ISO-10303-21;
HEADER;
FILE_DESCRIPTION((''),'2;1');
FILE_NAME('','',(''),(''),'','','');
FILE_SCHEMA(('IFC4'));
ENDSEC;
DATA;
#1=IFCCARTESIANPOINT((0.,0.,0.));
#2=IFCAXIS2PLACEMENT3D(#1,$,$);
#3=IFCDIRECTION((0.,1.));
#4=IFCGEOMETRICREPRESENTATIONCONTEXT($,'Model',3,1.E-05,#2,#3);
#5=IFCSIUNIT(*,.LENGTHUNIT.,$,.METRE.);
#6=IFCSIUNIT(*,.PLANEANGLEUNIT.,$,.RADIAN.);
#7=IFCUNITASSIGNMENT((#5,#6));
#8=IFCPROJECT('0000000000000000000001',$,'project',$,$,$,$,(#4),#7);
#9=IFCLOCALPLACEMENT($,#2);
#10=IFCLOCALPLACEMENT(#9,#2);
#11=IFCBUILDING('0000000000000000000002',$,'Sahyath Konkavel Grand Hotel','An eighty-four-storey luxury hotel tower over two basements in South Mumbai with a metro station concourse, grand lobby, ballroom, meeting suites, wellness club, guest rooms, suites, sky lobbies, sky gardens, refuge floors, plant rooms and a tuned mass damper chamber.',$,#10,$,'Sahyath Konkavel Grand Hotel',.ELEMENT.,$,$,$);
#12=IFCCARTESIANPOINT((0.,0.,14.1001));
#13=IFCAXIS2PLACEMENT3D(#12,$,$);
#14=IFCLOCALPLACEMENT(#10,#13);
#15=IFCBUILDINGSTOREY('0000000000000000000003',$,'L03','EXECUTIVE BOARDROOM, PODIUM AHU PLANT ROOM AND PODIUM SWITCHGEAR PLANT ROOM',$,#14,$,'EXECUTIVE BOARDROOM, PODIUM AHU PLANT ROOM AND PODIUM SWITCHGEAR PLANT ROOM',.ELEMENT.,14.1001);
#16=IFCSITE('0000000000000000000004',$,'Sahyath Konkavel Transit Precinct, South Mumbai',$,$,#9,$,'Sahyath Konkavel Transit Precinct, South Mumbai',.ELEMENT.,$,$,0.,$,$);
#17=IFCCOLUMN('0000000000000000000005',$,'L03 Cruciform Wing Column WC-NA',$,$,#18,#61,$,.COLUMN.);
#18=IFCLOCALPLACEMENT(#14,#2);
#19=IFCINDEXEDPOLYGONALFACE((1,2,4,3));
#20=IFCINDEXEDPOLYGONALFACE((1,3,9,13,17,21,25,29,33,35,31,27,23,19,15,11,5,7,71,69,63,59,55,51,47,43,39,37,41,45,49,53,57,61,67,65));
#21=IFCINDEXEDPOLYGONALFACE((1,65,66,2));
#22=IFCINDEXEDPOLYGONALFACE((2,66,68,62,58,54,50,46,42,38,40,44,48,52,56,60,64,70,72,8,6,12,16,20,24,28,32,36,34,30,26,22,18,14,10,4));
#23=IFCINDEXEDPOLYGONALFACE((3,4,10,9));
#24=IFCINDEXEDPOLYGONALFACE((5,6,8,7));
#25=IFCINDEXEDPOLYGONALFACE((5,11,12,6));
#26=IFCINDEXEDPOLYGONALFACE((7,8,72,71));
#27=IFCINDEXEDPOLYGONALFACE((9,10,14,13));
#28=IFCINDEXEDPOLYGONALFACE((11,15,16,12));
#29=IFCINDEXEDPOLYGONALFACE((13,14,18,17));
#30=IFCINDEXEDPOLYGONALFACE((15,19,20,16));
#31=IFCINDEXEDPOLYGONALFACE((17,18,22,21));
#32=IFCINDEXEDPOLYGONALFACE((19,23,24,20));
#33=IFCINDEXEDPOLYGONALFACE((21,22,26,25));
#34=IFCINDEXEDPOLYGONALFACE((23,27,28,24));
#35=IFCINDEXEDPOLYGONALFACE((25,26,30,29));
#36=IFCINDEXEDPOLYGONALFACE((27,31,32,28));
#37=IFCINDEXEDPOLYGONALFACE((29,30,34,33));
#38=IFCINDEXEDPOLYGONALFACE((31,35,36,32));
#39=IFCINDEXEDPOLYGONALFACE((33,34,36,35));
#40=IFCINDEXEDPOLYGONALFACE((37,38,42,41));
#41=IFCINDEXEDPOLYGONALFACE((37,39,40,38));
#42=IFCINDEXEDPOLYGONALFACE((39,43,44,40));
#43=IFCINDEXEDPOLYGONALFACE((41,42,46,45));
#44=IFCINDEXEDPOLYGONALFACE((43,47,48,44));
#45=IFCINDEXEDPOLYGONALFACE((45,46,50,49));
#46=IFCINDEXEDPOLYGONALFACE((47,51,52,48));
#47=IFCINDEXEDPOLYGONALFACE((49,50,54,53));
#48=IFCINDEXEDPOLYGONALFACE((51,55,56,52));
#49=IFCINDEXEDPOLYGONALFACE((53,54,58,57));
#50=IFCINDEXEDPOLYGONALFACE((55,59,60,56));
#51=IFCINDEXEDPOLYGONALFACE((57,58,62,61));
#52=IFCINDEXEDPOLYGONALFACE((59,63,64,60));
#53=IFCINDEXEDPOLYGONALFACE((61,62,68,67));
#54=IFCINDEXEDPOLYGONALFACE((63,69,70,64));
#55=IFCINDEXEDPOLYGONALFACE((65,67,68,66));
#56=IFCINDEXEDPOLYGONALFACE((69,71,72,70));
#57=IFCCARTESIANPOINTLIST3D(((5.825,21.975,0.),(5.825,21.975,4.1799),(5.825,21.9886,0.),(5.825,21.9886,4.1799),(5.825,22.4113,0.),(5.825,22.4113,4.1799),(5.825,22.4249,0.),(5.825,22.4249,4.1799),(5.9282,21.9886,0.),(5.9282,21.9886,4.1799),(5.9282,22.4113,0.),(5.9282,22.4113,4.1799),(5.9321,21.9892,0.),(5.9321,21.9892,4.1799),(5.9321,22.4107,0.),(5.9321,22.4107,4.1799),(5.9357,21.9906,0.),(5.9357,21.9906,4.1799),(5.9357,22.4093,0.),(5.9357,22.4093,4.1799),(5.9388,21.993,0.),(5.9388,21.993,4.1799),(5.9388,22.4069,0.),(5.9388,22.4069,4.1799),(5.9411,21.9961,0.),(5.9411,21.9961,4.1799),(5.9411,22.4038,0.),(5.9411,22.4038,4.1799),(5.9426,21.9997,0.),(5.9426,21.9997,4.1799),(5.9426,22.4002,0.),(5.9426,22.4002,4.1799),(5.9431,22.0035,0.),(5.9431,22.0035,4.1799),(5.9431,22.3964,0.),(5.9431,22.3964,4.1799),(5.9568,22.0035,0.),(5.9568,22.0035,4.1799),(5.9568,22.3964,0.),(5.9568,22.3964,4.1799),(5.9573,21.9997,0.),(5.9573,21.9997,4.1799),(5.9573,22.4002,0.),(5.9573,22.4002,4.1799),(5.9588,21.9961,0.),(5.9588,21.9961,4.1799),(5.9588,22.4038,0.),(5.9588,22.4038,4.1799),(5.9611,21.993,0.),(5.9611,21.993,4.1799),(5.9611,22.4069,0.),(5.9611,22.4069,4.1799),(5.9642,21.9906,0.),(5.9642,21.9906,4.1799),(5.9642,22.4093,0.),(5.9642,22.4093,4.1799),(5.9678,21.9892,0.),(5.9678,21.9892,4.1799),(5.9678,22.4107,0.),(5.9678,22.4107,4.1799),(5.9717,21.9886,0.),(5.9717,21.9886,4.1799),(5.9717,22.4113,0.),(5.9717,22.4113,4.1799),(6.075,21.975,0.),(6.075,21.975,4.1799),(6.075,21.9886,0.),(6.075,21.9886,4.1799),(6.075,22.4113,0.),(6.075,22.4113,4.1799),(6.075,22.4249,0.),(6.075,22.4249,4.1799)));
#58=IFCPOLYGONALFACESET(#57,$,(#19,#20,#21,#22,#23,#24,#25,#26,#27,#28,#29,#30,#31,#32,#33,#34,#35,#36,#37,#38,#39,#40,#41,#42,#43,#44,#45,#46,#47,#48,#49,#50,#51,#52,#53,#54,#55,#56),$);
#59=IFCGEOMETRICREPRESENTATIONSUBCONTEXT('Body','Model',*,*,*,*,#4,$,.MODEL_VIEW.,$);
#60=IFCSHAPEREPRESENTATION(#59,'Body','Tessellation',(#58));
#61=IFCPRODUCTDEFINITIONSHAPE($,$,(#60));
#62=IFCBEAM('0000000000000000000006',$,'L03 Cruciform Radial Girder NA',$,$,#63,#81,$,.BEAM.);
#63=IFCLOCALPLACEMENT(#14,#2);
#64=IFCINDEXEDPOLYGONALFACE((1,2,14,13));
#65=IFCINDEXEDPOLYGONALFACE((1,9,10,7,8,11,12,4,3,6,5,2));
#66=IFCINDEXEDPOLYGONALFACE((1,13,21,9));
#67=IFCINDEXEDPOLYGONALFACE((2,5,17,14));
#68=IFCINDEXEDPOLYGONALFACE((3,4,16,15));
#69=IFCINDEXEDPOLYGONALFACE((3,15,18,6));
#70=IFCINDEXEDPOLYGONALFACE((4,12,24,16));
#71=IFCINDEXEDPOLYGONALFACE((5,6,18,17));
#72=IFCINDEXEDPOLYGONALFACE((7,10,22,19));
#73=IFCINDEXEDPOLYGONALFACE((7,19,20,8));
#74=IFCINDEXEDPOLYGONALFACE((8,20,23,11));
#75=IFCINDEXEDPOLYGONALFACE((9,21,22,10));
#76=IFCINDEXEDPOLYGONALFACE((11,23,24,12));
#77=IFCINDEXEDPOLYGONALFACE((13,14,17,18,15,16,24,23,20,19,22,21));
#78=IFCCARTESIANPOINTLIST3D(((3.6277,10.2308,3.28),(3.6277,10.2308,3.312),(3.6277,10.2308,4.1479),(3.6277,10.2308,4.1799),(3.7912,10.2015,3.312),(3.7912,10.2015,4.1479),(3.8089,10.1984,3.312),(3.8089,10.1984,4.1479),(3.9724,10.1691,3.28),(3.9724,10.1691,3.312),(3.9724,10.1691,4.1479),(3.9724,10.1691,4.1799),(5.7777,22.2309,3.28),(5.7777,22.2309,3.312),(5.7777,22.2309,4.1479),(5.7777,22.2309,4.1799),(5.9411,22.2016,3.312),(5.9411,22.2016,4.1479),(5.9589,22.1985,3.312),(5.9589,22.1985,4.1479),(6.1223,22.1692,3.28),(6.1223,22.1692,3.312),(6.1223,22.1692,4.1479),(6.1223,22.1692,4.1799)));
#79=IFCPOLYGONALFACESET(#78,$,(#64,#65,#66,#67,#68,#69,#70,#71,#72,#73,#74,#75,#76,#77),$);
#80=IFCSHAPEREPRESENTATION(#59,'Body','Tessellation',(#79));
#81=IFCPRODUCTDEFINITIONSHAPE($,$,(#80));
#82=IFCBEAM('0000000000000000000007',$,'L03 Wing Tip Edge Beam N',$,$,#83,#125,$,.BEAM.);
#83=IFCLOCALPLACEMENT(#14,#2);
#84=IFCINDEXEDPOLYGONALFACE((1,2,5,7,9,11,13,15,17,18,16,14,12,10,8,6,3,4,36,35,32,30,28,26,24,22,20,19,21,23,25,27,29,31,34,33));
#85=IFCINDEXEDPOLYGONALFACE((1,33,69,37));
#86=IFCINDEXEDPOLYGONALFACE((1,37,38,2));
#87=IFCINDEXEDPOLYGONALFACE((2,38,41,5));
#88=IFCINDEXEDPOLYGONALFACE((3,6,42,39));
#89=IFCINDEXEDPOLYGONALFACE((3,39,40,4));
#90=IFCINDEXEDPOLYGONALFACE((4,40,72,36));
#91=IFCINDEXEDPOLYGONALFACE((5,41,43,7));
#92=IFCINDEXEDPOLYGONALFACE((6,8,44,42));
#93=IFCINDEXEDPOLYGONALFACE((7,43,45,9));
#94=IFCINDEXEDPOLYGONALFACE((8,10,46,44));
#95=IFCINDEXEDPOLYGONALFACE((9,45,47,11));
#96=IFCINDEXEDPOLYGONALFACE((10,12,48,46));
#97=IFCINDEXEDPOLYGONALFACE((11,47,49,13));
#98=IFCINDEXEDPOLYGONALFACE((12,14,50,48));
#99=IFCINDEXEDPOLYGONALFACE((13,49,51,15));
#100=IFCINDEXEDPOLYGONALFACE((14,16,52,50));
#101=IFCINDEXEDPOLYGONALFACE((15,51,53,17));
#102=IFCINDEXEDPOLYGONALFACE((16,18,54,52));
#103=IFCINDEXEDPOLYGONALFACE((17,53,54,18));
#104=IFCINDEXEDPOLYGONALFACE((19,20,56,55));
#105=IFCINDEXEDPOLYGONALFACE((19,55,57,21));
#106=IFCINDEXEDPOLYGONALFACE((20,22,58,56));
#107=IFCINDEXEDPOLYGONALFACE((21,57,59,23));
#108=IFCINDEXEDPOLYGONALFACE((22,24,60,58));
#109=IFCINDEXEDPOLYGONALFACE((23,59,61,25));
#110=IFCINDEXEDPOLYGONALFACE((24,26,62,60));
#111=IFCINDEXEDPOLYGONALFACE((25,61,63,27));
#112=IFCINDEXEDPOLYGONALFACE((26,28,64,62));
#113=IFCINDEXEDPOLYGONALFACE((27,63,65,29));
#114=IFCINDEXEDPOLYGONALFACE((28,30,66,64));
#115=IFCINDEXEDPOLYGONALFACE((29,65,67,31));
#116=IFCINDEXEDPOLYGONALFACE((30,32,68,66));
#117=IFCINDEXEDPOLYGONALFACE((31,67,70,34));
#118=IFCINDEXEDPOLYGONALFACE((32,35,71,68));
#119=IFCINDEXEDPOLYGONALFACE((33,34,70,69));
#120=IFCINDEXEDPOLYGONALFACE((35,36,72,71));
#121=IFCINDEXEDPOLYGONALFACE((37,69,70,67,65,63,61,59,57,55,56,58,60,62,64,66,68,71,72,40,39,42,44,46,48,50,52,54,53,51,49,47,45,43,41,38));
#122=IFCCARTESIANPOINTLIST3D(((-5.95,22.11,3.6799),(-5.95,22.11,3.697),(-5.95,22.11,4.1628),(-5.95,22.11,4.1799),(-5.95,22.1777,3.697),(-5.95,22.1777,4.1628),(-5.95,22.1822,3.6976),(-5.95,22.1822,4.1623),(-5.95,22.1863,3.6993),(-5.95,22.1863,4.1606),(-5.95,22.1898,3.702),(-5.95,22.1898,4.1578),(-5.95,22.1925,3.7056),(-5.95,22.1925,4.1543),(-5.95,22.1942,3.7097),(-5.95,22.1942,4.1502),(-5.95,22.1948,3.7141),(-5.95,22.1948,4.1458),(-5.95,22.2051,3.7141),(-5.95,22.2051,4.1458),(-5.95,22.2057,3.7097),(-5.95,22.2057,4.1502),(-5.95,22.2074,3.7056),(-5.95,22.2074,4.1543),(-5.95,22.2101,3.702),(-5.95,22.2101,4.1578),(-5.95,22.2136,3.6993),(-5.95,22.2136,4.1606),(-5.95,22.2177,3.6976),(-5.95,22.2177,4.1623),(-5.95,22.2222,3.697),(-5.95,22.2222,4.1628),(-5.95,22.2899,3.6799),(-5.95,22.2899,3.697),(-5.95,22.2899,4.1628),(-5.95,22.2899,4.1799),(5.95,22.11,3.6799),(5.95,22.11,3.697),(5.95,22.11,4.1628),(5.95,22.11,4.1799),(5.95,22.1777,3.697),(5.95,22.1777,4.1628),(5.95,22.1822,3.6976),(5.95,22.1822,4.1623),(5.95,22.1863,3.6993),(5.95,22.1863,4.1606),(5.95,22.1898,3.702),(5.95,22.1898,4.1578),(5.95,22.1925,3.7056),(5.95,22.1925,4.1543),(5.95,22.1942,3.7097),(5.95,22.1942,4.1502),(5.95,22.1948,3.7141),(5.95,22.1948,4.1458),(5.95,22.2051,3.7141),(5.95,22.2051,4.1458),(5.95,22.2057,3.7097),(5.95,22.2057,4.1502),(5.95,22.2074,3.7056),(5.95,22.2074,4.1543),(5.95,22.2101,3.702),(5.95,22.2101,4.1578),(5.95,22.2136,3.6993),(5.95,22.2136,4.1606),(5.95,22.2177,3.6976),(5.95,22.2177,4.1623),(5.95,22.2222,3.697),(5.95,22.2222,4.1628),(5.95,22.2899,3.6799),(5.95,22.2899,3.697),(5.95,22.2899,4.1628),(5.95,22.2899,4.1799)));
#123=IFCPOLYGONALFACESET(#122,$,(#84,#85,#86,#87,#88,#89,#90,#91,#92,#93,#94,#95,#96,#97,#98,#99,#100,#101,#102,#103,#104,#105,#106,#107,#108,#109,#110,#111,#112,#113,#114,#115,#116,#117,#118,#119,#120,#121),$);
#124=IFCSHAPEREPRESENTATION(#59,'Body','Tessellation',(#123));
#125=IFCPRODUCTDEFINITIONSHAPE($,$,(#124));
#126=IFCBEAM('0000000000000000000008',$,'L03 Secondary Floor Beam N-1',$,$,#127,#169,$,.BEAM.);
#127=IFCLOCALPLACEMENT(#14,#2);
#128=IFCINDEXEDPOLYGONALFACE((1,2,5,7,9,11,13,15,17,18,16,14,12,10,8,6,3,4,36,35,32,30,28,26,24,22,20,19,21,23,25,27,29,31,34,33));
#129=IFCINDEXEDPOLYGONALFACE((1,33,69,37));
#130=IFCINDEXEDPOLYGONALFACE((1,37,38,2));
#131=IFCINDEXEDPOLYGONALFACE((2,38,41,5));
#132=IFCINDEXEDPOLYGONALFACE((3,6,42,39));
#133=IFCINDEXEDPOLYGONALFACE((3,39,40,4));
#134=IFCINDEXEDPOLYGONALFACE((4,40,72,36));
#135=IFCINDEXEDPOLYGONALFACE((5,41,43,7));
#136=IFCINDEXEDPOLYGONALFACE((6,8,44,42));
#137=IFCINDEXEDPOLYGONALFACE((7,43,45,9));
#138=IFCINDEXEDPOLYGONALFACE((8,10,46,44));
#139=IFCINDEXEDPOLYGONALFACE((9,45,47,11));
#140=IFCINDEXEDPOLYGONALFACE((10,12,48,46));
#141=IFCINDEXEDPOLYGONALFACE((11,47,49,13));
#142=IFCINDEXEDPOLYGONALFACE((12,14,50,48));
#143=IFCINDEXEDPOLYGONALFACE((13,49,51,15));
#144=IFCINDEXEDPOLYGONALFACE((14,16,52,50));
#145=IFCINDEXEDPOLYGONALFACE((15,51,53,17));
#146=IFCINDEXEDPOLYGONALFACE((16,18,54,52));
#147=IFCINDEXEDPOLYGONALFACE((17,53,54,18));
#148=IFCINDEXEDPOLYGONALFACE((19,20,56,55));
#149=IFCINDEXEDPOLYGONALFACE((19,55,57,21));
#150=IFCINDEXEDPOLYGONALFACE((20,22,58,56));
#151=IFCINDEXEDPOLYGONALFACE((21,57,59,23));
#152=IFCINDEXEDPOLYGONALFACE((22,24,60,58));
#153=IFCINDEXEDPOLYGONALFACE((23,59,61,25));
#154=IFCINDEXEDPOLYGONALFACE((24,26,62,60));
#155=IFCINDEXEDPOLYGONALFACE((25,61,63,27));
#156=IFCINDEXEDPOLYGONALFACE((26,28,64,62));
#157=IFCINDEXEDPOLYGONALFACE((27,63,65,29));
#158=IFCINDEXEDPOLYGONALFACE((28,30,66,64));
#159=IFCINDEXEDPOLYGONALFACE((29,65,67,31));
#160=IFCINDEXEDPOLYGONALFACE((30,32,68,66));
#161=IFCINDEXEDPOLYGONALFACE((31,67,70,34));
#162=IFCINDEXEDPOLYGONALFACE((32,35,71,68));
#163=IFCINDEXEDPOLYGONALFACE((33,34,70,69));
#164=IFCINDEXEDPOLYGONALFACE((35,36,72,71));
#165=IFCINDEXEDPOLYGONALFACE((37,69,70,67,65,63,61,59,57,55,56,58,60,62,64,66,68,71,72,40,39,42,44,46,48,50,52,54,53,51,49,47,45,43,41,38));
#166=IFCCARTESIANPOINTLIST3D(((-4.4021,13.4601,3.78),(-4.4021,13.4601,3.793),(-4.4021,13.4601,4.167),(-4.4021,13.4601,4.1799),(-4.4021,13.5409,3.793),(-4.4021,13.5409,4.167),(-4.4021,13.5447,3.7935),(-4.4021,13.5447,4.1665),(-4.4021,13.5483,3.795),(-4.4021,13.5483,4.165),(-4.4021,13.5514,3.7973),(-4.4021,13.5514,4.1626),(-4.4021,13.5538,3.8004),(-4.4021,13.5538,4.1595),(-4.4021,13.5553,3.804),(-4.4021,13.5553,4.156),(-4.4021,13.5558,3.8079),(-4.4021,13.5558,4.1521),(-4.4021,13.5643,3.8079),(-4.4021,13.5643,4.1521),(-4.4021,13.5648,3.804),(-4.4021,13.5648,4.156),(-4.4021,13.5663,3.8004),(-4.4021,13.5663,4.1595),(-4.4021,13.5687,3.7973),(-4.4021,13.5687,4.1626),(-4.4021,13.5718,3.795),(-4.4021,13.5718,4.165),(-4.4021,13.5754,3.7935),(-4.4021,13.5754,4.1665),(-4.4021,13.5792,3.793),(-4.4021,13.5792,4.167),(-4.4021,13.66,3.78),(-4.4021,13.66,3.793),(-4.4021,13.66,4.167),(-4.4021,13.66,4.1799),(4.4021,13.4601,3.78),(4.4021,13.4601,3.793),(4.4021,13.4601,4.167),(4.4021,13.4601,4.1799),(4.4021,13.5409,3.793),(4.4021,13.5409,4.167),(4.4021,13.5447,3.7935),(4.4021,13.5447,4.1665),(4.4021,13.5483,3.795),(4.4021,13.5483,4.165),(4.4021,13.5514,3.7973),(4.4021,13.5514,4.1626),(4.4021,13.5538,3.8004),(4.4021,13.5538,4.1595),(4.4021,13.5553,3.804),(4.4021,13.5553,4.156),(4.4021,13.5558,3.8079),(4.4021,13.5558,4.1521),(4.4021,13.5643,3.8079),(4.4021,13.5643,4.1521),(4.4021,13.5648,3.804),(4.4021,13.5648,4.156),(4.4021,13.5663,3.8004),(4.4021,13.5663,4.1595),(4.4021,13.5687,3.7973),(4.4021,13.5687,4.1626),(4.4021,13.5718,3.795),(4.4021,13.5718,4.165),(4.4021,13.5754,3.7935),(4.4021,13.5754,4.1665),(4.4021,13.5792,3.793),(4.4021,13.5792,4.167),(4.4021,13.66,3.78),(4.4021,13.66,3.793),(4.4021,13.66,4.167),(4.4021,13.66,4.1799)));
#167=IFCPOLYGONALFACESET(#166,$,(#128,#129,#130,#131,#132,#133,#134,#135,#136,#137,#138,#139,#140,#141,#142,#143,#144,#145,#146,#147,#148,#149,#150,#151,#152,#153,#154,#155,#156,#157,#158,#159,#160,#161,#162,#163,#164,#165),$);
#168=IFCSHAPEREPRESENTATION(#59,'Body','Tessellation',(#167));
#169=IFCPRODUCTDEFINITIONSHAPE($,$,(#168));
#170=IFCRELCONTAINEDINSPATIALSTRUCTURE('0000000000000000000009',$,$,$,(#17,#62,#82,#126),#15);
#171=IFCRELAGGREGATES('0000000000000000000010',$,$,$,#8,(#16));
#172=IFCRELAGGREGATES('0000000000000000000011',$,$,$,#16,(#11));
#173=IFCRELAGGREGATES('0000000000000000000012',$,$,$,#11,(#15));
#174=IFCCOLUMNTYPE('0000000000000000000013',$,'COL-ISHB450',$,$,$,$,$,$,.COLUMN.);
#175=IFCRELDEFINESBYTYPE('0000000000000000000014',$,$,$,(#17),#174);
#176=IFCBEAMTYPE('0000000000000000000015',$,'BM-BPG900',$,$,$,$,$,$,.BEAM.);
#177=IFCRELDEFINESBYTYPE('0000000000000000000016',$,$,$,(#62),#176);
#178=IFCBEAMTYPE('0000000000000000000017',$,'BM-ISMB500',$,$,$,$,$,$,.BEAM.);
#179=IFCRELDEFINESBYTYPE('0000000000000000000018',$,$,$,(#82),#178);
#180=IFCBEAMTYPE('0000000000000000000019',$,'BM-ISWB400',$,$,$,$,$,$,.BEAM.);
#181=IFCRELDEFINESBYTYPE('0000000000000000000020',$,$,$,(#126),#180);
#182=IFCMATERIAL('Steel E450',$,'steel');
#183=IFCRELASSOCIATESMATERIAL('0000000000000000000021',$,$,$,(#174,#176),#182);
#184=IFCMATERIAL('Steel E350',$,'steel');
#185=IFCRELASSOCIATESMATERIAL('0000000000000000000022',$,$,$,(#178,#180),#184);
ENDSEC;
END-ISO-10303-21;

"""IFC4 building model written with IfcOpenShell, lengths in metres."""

from ifc_helpers import new_model, si_unit, direction, frame, origin, origin_2d, place, context, subcontext, project, spatial, i_section, extrude, source, transform, mapped, material, material_profile, profile_set, type_object, element, save


model = new_model("IFC4")

# Units and contexts
model_context = context("Model", 3, precision=1e-05, world=origin(), true_north=direction((0.0, 1.0)))
body_context = subcontext(model_context, "Body", "Model", "MODEL_VIEW")
ifc_project = project(units=[si_unit("LENGTHUNIT", "METRE"), si_unit("PLANEANGLEUNIT", "RADIAN")], contexts=[model_context])

# Site, building, storey
site_placement = place(None, origin())
site = spatial("IfcSite", under=ifc_project, at=site_placement, Name="Sahyath Konkavel Transit Precinct, South Mumbai", LongName="Sahyath Konkavel Transit Precinct, South Mumbai", CompositionType="ELEMENT", RefElevation=0.0)
building_placement = place(site_placement, origin())
building = spatial("IfcBuilding", under=site, at=building_placement, Name="Sahyath Konkavel Grand Hotel", Description="An eighty-four-storey luxury hotel tower over two basements in South Mumbai with a metro station concourse, grand lobby, ballroom, meeting suites, wellness club, guest rooms, suites, sky lobbies, sky gardens, refuge floors, plant rooms and a tuned mass damper chamber.", LongName="Sahyath Konkavel Grand Hotel", CompositionType="ELEMENT")
storey_placement = place(building_placement, frame((0.0, 0.0, 14.1001)))
storey = spatial("IfcBuildingStorey", under=building, at=storey_placement, Name="L03", Description="EXECUTIVE BOARDROOM, PODIUM AHU PLANT ROOM AND PODIUM SWITCHGEAR PLANT ROOM", LongName="EXECUTIVE BOARDROOM, PODIUM AHU PLANT ROOM AND PODIUM SWITCHGEAR PLANT ROOM", CompositionType="ELEMENT", Elevation=14.1001)

# Column
ifc_material_1 = material(Name="Steel E450", Category="steel")
ifc_material_profile_1 = material_profile(ifc_material_1, i_section(OverallWidth=0.25, OverallDepth=0.45, WebThickness=0.0137, FlangeThickness=0.0137, FilletRadius=0.0149, at=origin_2d()), Name="ISHB 450")
ifc_profile_set_1 = profile_set([ifc_material_profile_1], Name="Steel E450")
column_type = type_object("IfcColumnType", Name="COL-ISHB450", PredefinedType="COLUMN", material=ifc_profile_set_1)
shared_shape_1 = source(origin(), body_context, "Body", "SweptSolid", [
    extrude(i_section(OverallWidth=0.25, OverallDepth=0.45, WebThickness=0.0137, FlangeThickness=0.0137, FilletRadius=0.0149, at=origin_2d()), origin(), (0.0, 0.0, 1.0), 4.1799),
])
column_placement = place(storey_placement, frame((5.95, 22.2, 0.0), z_axis=(0.0, 0.0, 1.0), x_axis=(1.0, 0.0, 0.0)))
element("IfcColumn", 1, at=column_placement, inside=storey, type_object=column_type, Name="L03 Cruciform Wing Column WC-NA", PredefinedType="COLUMN", context=body_context, shape_type="MappedRepresentation", body=[
    mapped(shared_shape_1, transform((0.0, 0.0, 0.0), scale=1.0)),
])

# Beams
ifc_material_profile_2 = material_profile(ifc_material_1, i_section(OverallWidth=0.3501, OverallDepth=0.8999, WebThickness=0.0181, FlangeThickness=0.032, at=origin_2d()), Name="BPG 900x350")
ifc_profile_set_2 = profile_set([ifc_material_profile_2], Name="Steel E450")
beam_type_1 = type_object("IfcBeamType", Name="BM-BPG900", PredefinedType="BEAM", material=ifc_profile_set_2)
shared_shape_2 = source(origin(), body_context, "Body", "SweptSolid", [
    extrude(i_section(OverallWidth=0.3501, OverallDepth=0.8999, WebThickness=0.0181, FlangeThickness=0.032, at=origin_2d()), origin(), (0.0, 0.0, 1.0), 12.1912),
])
beam_1_placement = place(storey_placement, frame((3.8, 10.2, 3.73), z_axis=(0.176351, 0.984327, 0.0), x_axis=(-0.984327, 0.176351, 0.0)))
element("IfcBeam", 2, at=beam_1_placement, inside=storey, type_object=beam_type_1, Name="L03 Cruciform Radial Girder NA", PredefinedType="BEAM", context=body_context, shape_type="MappedRepresentation", body=[
    mapped(shared_shape_2, transform((0.0, 0.0, 0.0), scale=1.0)),
])
ifc_material_2 = material(Name="Steel E350", Category="steel")
ifc_material_profile_3 = material_profile(ifc_material_2, i_section(OverallWidth=0.1799, OverallDepth=0.5, WebThickness=0.0103, FlangeThickness=0.0171, FilletRadius=0.0171, at=origin_2d()), Name="ISMB 500")
ifc_profile_set_3 = profile_set([ifc_material_profile_3], Name="Steel E350")
beam_type_2 = type_object("IfcBeamType", Name="BM-ISMB500", PredefinedType="BEAM", material=ifc_profile_set_3)
shared_shape_3 = source(origin(), body_context, "Body", "SweptSolid", [
    extrude(i_section(OverallWidth=0.1799, OverallDepth=0.5, WebThickness=0.0103, FlangeThickness=0.0171, FilletRadius=0.0171, at=origin_2d()), origin(), (0.0, 0.0, 1.0), 11.8999),
])
beam_2_placement = place(storey_placement, frame((5.95, 22.2, 3.9299), z_axis=(-1.0, 0.0, 0.0), x_axis=(0.0, -1.0, 0.0)))
element("IfcBeam", 3, at=beam_2_placement, inside=storey, type_object=beam_type_2, Name="L03 Wing Tip Edge Beam N", PredefinedType="BEAM", context=body_context, shape_type="MappedRepresentation", body=[
    mapped(shared_shape_3, transform((0.0, 0.0, 0.0), scale=1.0)),
])
ifc_material_profile_4 = material_profile(ifc_material_2, i_section(OverallWidth=0.2, OverallDepth=0.3999, WebThickness=0.0085, FlangeThickness=0.0129, FilletRadius=0.0149, at=origin_2d()), Name="ISWB 400")
ifc_profile_set_4 = profile_set([ifc_material_profile_4], Name="Steel E350")
beam_type_3 = type_object("IfcBeamType", Name="BM-ISWB400", PredefinedType="BEAM", material=ifc_profile_set_4)
shared_shape_4 = source(origin(), body_context, "Body", "SweptSolid", [
    extrude(i_section(OverallWidth=0.2, OverallDepth=0.3999, WebThickness=0.0085, FlangeThickness=0.0129, FilletRadius=0.0149, at=origin_2d()), origin(), (0.0, 0.0, 1.0), 8.8042),
])
beam_3_placement = place(storey_placement, frame((4.4021, 13.5601, 3.98), z_axis=(-1.0, 0.0, 0.0), x_axis=(0.0, -1.0, 0.0)))
element("IfcBeam", 4, at=beam_3_placement, inside=storey, type_object=beam_type_3, Name="L03 Secondary Floor Beam N-1", PredefinedType="BEAM", context=body_context, shape_type="MappedRepresentation", body=[
    mapped(shared_shape_4, transform((0.0, 0.0, 0.0), scale=1.0)),
])

save(model, "model.ifc")
